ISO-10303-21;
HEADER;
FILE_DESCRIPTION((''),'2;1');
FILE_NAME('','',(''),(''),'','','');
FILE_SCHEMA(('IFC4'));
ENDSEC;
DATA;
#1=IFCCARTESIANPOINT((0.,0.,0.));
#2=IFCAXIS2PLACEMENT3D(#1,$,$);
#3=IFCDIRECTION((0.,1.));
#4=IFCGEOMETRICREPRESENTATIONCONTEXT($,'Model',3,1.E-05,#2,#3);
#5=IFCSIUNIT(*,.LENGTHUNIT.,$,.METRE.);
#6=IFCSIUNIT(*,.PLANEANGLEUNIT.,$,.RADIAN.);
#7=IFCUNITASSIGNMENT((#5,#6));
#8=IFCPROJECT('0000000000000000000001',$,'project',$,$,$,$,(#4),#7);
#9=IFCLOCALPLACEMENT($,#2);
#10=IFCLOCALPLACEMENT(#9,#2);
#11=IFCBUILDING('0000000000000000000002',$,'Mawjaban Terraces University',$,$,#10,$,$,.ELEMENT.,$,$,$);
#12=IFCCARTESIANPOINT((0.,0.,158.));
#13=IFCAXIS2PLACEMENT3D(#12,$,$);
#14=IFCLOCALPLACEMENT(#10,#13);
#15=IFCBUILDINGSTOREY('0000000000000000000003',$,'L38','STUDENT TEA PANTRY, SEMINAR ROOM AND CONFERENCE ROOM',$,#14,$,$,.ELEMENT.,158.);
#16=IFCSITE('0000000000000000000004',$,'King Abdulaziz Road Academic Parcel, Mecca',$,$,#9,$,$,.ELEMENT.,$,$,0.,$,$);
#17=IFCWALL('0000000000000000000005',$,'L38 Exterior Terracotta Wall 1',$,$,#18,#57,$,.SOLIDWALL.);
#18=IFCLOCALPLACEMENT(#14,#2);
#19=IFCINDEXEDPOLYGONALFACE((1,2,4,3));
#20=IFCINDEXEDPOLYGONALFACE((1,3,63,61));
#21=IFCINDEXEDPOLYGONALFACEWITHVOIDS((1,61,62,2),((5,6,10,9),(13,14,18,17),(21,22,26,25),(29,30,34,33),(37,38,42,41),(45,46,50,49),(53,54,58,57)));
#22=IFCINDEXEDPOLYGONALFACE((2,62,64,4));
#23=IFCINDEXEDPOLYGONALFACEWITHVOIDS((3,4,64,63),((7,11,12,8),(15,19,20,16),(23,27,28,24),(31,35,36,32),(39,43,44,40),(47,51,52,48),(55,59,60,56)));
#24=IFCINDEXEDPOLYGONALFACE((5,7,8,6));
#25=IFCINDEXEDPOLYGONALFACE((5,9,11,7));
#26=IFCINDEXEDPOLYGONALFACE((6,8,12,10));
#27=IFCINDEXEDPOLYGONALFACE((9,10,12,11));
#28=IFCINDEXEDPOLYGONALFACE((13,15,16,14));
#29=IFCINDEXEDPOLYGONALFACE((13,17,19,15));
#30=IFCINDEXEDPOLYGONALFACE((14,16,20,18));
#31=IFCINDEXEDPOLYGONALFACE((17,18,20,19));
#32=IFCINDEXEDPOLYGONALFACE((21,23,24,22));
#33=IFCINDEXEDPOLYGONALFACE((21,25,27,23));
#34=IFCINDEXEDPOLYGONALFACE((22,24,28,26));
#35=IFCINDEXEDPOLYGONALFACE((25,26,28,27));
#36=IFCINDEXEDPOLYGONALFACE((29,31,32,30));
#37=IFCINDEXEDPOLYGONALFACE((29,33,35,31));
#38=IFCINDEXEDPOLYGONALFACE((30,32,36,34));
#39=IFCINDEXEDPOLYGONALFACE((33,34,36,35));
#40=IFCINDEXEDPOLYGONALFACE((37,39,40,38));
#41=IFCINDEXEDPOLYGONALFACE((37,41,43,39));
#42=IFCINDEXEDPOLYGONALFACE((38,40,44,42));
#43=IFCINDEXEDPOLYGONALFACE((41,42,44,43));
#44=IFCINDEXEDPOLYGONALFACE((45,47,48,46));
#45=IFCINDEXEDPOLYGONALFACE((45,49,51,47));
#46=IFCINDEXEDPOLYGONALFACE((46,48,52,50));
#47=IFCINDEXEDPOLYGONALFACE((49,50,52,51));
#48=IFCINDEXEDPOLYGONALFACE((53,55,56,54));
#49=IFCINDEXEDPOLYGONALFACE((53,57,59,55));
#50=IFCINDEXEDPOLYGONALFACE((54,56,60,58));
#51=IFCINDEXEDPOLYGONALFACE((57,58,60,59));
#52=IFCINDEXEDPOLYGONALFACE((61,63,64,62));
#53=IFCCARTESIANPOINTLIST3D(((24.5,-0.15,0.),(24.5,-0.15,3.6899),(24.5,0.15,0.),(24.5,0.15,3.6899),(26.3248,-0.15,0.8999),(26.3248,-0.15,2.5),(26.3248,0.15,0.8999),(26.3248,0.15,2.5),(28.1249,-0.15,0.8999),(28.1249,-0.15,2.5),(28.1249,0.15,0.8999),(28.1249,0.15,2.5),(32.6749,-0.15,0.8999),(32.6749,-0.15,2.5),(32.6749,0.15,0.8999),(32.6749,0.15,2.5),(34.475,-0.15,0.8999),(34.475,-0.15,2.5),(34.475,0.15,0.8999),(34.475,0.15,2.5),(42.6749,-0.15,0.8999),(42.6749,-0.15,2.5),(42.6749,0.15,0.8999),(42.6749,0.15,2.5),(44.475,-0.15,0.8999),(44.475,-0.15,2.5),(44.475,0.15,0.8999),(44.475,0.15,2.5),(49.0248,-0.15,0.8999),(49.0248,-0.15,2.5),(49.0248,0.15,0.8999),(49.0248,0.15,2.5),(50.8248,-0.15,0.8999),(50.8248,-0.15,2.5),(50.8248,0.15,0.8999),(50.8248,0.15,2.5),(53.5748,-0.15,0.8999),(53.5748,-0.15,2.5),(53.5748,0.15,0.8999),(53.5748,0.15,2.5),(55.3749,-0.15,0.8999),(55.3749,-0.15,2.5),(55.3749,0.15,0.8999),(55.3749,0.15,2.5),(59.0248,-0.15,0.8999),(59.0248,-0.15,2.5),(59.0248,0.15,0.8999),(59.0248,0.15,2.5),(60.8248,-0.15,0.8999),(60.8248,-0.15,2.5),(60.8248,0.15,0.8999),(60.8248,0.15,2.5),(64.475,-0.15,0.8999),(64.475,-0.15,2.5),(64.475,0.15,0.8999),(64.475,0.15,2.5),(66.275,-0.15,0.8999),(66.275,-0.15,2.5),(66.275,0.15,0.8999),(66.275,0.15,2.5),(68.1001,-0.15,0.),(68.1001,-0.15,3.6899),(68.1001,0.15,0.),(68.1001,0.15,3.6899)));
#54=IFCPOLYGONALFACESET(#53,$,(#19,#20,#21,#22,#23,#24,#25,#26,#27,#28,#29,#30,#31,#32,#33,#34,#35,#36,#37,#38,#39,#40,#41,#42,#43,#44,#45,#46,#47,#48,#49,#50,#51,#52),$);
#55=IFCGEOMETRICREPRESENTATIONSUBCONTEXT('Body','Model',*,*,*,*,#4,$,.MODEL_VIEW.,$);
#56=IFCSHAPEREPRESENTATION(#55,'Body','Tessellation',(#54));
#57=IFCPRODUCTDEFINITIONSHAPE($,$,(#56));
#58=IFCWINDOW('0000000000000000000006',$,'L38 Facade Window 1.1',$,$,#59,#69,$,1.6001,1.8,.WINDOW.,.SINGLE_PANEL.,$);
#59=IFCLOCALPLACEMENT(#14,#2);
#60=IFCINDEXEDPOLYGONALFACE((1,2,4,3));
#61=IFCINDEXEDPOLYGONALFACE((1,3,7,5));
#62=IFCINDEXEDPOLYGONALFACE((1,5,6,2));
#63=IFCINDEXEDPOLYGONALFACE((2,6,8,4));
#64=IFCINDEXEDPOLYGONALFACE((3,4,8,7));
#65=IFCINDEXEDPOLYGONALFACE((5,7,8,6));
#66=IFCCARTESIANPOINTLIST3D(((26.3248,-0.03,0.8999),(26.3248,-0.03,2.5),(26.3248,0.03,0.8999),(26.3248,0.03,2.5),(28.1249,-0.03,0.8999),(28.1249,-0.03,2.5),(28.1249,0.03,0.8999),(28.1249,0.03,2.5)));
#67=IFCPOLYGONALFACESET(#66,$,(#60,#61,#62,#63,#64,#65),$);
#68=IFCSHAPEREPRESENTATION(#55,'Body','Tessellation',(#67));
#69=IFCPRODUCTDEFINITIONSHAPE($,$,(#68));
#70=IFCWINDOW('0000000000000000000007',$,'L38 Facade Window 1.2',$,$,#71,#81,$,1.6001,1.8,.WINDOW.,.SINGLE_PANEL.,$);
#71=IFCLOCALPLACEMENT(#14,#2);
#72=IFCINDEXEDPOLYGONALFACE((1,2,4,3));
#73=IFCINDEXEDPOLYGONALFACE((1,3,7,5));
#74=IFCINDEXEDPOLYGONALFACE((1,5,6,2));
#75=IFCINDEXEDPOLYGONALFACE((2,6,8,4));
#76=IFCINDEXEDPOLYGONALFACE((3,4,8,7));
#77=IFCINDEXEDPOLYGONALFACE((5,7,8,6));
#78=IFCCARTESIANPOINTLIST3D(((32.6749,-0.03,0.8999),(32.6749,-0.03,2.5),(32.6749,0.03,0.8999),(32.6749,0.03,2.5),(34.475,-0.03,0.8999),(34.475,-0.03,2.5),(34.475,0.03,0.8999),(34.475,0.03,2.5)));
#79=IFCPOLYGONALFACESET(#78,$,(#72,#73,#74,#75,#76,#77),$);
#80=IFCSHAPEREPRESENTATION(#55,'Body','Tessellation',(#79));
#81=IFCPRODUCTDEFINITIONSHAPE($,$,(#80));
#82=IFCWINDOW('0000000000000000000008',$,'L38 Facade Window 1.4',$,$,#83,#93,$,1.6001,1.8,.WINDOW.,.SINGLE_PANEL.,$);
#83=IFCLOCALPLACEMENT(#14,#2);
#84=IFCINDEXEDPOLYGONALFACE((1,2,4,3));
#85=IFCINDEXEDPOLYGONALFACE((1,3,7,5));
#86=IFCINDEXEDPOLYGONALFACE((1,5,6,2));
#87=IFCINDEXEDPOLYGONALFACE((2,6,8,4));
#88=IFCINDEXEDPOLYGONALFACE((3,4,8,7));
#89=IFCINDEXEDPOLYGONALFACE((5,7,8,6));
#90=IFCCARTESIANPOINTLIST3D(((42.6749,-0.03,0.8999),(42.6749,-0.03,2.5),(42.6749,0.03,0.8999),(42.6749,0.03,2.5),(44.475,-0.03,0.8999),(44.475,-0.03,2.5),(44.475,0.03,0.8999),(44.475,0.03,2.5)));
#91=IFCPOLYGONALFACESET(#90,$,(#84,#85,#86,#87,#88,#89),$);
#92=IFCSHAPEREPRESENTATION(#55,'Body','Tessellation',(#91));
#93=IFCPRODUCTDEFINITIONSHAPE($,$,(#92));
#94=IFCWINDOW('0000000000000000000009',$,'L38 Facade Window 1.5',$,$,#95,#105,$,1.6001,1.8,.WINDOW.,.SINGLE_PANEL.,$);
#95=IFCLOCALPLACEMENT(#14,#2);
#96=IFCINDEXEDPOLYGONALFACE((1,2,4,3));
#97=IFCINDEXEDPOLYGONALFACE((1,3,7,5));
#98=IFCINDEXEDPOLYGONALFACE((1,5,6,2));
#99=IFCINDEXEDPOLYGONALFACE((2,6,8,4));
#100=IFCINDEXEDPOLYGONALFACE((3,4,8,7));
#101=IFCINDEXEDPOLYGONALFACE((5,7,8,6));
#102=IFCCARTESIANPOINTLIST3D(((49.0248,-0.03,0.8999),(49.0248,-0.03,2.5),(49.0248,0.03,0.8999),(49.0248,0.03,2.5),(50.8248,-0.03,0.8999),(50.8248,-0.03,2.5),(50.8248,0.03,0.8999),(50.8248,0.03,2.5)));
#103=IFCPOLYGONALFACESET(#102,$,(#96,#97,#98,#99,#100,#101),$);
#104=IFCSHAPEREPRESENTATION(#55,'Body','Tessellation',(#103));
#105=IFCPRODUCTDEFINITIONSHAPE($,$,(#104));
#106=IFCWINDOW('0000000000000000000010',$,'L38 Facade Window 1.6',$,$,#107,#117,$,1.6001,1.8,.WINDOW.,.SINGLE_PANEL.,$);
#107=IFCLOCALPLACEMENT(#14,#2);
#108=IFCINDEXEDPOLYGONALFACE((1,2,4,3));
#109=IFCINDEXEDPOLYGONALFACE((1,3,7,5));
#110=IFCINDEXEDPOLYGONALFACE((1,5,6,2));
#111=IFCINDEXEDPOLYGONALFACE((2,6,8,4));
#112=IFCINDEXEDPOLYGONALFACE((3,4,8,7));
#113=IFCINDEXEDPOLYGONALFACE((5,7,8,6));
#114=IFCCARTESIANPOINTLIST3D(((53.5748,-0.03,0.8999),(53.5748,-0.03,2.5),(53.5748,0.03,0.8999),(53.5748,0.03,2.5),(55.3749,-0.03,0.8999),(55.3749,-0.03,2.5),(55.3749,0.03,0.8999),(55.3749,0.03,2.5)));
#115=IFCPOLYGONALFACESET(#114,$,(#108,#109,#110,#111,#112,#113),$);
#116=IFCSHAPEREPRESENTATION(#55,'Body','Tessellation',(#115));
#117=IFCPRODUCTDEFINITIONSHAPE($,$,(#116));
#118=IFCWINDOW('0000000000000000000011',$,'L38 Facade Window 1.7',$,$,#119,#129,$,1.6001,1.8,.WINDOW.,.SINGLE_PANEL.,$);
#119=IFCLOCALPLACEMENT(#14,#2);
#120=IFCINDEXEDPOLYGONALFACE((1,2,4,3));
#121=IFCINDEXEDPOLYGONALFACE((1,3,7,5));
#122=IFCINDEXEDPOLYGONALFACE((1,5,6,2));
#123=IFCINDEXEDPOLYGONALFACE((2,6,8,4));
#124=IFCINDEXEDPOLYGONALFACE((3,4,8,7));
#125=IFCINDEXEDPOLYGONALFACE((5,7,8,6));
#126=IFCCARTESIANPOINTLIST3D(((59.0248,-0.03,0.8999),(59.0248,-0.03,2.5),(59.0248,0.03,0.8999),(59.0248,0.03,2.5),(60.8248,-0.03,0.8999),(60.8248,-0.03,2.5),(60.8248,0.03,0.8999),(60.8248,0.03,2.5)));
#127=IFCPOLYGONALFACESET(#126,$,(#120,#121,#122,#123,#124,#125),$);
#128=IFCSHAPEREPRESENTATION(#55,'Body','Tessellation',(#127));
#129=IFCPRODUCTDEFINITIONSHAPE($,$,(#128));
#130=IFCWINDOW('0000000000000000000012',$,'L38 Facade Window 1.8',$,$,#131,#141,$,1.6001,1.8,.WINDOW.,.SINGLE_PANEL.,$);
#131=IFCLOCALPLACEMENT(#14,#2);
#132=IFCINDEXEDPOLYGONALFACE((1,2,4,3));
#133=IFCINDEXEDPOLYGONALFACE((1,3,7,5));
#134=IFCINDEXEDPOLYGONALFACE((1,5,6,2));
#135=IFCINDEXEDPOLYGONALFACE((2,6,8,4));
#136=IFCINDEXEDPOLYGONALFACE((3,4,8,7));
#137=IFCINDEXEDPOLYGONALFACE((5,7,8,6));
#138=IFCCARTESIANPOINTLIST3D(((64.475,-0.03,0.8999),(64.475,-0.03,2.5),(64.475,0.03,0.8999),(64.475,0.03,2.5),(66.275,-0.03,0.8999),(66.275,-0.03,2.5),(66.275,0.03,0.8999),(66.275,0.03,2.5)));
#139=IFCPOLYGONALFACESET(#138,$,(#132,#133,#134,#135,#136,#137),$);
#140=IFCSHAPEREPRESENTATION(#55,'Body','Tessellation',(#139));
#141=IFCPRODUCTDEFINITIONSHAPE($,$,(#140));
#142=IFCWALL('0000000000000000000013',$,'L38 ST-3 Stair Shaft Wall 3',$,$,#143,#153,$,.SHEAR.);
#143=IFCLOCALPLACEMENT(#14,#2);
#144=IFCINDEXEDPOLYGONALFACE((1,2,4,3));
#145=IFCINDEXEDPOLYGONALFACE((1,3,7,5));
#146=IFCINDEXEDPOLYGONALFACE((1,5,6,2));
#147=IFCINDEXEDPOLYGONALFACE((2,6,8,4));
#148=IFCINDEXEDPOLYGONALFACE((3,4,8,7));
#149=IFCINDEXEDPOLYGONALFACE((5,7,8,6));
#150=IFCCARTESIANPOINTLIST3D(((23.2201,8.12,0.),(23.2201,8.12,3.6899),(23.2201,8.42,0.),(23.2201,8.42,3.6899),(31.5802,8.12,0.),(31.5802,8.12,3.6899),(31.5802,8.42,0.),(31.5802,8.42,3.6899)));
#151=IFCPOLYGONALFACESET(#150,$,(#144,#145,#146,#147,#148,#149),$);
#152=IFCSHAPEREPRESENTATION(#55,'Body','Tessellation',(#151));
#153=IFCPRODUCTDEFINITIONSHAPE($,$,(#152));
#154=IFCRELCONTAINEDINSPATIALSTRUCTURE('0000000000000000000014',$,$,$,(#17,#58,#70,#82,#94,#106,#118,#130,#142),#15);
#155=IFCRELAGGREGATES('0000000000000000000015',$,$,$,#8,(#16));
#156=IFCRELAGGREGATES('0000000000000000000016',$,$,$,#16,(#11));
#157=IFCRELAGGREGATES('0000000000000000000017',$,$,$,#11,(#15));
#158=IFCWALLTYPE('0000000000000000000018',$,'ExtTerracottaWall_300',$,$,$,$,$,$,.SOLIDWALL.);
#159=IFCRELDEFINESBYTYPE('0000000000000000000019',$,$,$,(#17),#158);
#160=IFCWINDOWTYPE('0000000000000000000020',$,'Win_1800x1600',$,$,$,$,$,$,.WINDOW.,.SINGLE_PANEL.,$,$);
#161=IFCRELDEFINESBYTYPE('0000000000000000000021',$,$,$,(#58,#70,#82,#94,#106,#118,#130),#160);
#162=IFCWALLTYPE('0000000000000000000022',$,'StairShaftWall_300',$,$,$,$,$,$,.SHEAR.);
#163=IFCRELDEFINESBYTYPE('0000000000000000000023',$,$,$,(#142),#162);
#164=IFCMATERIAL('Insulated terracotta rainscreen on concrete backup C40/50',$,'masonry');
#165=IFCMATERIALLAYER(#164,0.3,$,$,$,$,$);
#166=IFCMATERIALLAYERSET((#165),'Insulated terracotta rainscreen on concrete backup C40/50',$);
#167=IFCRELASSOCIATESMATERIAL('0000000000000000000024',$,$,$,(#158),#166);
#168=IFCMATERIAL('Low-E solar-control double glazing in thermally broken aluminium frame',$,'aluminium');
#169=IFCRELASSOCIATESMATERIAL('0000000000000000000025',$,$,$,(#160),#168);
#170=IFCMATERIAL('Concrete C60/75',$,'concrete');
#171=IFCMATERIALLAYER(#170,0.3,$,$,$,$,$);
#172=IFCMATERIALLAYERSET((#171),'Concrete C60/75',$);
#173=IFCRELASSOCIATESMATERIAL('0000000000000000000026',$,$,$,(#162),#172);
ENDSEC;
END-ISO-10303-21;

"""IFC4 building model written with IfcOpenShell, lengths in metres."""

from ifc_helpers import new_model, si_unit, direction, frame, frame_2d, origin, place, context, subcontext, project, spatial, rectangle, extrude, material, layer, layer_set, type_object, element, fill, save


model = new_model("IFC4")

# Units and contexts
model_context = context("Model", 3, precision=1e-05, world=origin(), true_north=direction((0.0, 1.0)))
body_context = subcontext(model_context, "Body", "Model", "MODEL_VIEW")
ifc_project = project(units=[si_unit("LENGTHUNIT", "METRE"), si_unit("PLANEANGLEUNIT", "RADIAN")], contexts=[model_context])

# Site, building, storey
site_placement = place(None, origin())
site = spatial("IfcSite", under=ifc_project, at=site_placement, Name="King Abdulaziz Road Academic Parcel, Mecca", CompositionType="ELEMENT", RefElevation=0.0)
building_placement = place(site_placement, origin())
building = spatial("IfcBuilding", under=site, at=building_placement, Name="Mawjaban Terraces University", CompositionType="ELEMENT")
storey_placement = place(building_placement, frame((0.0, 0.0, 158.0)))
storey = spatial("IfcBuildingStorey", under=building, at=storey_placement, Name="L38", Description="STUDENT TEA PANTRY, SEMINAR ROOM AND CONFERENCE ROOM", CompositionType="ELEMENT", Elevation=158.0)

# Wall, openings, windows
ifc_material_1 = material(Name="Insulated terracotta rainscreen on concrete backup C40/50", Category="masonry")
ifc_layer_1 = layer(ifc_material_1, 0.3)
ifc_layer_set_1 = layer_set([ifc_layer_1], Name="Insulated terracotta rainscreen on concrete backup C40/50")
wall_type_1 = type_object("IfcWallType", Name="ExtTerracottaWall_300", PredefinedType="SOLIDWALL", material=ifc_layer_set_1)
wall_1_placement = place(storey_placement, frame((24.5, 0.0, 0.0), z_axis=(0.0, 0.0, 1.0), x_axis=(1.0, 0.0, 0.0)))
wall_1 = element("IfcWall", 1, at=wall_1_placement, inside=storey, type_object=wall_type_1, Name="L38 Exterior Terracotta Wall 1", PredefinedType="SOLIDWALL", context=body_context, shape_type="SweptSolid", body=[
    extrude(rectangle(XDim=43.6001, YDim=0.3, at=frame_2d((21.8, 0.0))), origin(), (0.0, 0.0, 1.0), 3.6899),
])
opening_1_placement = place(wall_1_placement, frame((1.825, 0.0, 0.8999)))
opening_1 = element("IfcOpeningElement", 2, at=opening_1_placement, cuts=wall_1, PredefinedType="OPENING", context=body_context, shape_type="SweptSolid", body=[
    extrude(rectangle(XDim=1.8, YDim=1.6001, at=frame_2d((0.8999, 0.8))), frame((0.0, 0.1599, 0.0), z_axis=(0.0, -1.0, 0.0), x_axis=(1.0, 0.0, 0.0)), (0.0, 0.0, 1.0), 0.3201),
])
opening_2_placement = place(wall_1_placement, frame((8.175, 0.0, 0.8999)))
opening_2 = element("IfcOpeningElement", 3, at=opening_2_placement, cuts=wall_1, PredefinedType="OPENING", context=body_context, shape_type="SweptSolid", body=[
    extrude(rectangle(XDim=1.8, YDim=1.6001, at=frame_2d((0.8999, 0.8))), frame((0.0, 0.1599, 0.0), z_axis=(0.0, -1.0, 0.0), x_axis=(1.0, 0.0, 0.0)), (0.0, 0.0, 1.0), 0.3201),
])
opening_3_placement = place(wall_1_placement, frame((18.175, 0.0, 0.8999)))
opening_3 = element("IfcOpeningElement", 4, at=opening_3_placement, cuts=wall_1, PredefinedType="OPENING", context=body_context, shape_type="SweptSolid", body=[
    extrude(rectangle(XDim=1.8, YDim=1.6001, at=frame_2d((0.8999, 0.8))), frame((0.0, 0.1599, 0.0), z_axis=(0.0, -1.0, 0.0), x_axis=(1.0, 0.0, 0.0)), (0.0, 0.0, 1.0), 0.3201),
])
opening_4_placement = place(wall_1_placement, frame((24.5249, 0.0, 0.8999)))
opening_4 = element("IfcOpeningElement", 5, at=opening_4_placement, cuts=wall_1, PredefinedType="OPENING", context=body_context, shape_type="SweptSolid", body=[
    extrude(rectangle(XDim=1.8, YDim=1.6001, at=frame_2d((0.8999, 0.8))), frame((0.0, 0.1599, 0.0), z_axis=(0.0, -1.0, 0.0), x_axis=(1.0, 0.0, 0.0)), (0.0, 0.0, 1.0), 0.3201),
])
opening_5_placement = place(wall_1_placement, frame((29.075, 0.0, 0.8999)))
opening_5 = element("IfcOpeningElement", 6, at=opening_5_placement, cuts=wall_1, PredefinedType="OPENING", context=body_context, shape_type="SweptSolid", body=[
    extrude(rectangle(XDim=1.8, YDim=1.6001, at=frame_2d((0.8999, 0.8))), frame((0.0, 0.1599, 0.0), z_axis=(0.0, -1.0, 0.0), x_axis=(1.0, 0.0, 0.0)), (0.0, 0.0, 1.0), 0.3201),
])
opening_6_placement = place(wall_1_placement, frame((34.5249, 0.0, 0.8999)))
opening_6 = element("IfcOpeningElement", 7, at=opening_6_placement, cuts=wall_1, PredefinedType="OPENING", context=body_context, shape_type="SweptSolid", body=[
    extrude(rectangle(XDim=1.8, YDim=1.6001, at=frame_2d((0.8999, 0.8))), frame((0.0, 0.1599, 0.0), z_axis=(0.0, -1.0, 0.0), x_axis=(1.0, 0.0, 0.0)), (0.0, 0.0, 1.0), 0.3201),
])
opening_7_placement = place(wall_1_placement, frame((39.9751, 0.0, 0.8999)))
opening_7 = element("IfcOpeningElement", 8, at=opening_7_placement, cuts=wall_1, PredefinedType="OPENING", context=body_context, shape_type="SweptSolid", body=[
    extrude(rectangle(XDim=1.8, YDim=1.6001, at=frame_2d((0.8999, 0.8))), frame((0.0, 0.1599, 0.0), z_axis=(0.0, -1.0, 0.0), x_axis=(1.0, 0.0, 0.0)), (0.0, 0.0, 1.0), 0.3201),
])
ifc_material_2 = material(Name="Low-E solar-control double glazing in thermally broken aluminium frame", Category="aluminium")
window_type = type_object("IfcWindowType", Name="Win_1800x1600", PartitioningType="SINGLE_PANEL", PredefinedType="WINDOW", material=ifc_material_2)
window_1_placement = place(opening_1_placement, origin())
window_1 = element("IfcWindow", 9, at=window_1_placement, inside=storey, type_object=window_type, Name="L38 Facade Window 1.1", OverallHeight=1.6001, OverallWidth=1.8, PartitioningType="SINGLE_PANEL", PredefinedType="WINDOW", context=body_context, shape_type="SweptSolid", body=[
    extrude(rectangle(XDim=1.8, YDim=1.6001, at=frame_2d((0.8999, 0.8))), frame((0.0, 0.03, 0.0), z_axis=(0.0, -1.0, 0.0), x_axis=(1.0, 0.0, 0.0)), (0.0, 0.0, 1.0), 0.0601),
])
fill(opening_1, window_1)
window_2_placement = place(opening_2_placement, origin())
window_2 = element("IfcWindow", 10, at=window_2_placement, inside=storey, type_object=window_type, Name="L38 Facade Window 1.2", OverallHeight=1.6001, OverallWidth=1.8, PartitioningType="SINGLE_PANEL", PredefinedType="WINDOW", context=body_context, shape_type="SweptSolid", body=[
    extrude(rectangle(XDim=1.8, YDim=1.6001, at=frame_2d((0.8999, 0.8))), frame((0.0, 0.03, 0.0), z_axis=(0.0, -1.0, 0.0), x_axis=(1.0, 0.0, 0.0)), (0.0, 0.0, 1.0), 0.0601),
])
fill(opening_2, window_2)
window_3_placement = place(opening_3_placement, origin())
window_3 = element("IfcWindow", 11, at=window_3_placement, inside=storey, type_object=window_type, Name="L38 Facade Window 1.4", OverallHeight=1.6001, OverallWidth=1.8, PartitioningType="SINGLE_PANEL", PredefinedType="WINDOW", context=body_context, shape_type="SweptSolid", body=[
    extrude(rectangle(XDim=1.8, YDim=1.6001, at=frame_2d((0.8999, 0.8))), frame((0.0, 0.03, 0.0), z_axis=(0.0, -1.0, 0.0), x_axis=(1.0, 0.0, 0.0)), (0.0, 0.0, 1.0), 0.0601),
])
fill(opening_3, window_3)
window_4_placement = place(opening_4_placement, origin())
window_4 = element("IfcWindow", 12, at=window_4_placement, inside=storey, type_object=window_type, Name="L38 Facade Window 1.5", OverallHeight=1.6001, OverallWidth=1.8, PartitioningType="SINGLE_PANEL", PredefinedType="WINDOW", context=body_context, shape_type="SweptSolid", body=[
    extrude(rectangle(XDim=1.8, YDim=1.6001, at=frame_2d((0.8999, 0.8))), frame((0.0, 0.03, 0.0), z_axis=(0.0, -1.0, 0.0), x_axis=(1.0, 0.0, 0.0)), (0.0, 0.0, 1.0), 0.0601),
])
fill(opening_4, window_4)
window_5_placement = place(opening_5_placement, origin())
window_5 = element("IfcWindow", 13, at=window_5_placement, inside=storey, type_object=window_type, Name="L38 Facade Window 1.6", OverallHeight=1.6001, OverallWidth=1.8, PartitioningType="SINGLE_PANEL", PredefinedType="WINDOW", context=body_context, shape_type="SweptSolid", body=[
    extrude(rectangle(XDim=1.8, YDim=1.6001, at=frame_2d((0.8999, 0.8))), frame((0.0, 0.03, 0.0), z_axis=(0.0, -1.0, 0.0), x_axis=(1.0, 0.0, 0.0)), (0.0, 0.0, 1.0), 0.0601),
])
fill(opening_5, window_5)
window_6_placement = place(opening_6_placement, origin())
window_6 = element("IfcWindow", 14, at=window_6_placement, inside=storey, type_object=window_type, Name="L38 Facade Window 1.7", OverallHeight=1.6001, OverallWidth=1.8, PartitioningType="SINGLE_PANEL", PredefinedType="WINDOW", context=body_context, shape_type="SweptSolid", body=[
    extrude(rectangle(XDim=1.8, YDim=1.6001, at=frame_2d((0.8999, 0.8))), frame((0.0, 0.03, 0.0), z_axis=(0.0, -1.0, 0.0), x_axis=(1.0, 0.0, 0.0)), (0.0, 0.0, 1.0), 0.0601),
])
fill(opening_6, window_6)
window_7_placement = place(opening_7_placement, origin())
window_7 = element("IfcWindow", 15, at=window_7_placement, inside=storey, type_object=window_type, Name="L38 Facade Window 1.8", OverallHeight=1.6001, OverallWidth=1.8, PartitioningType="SINGLE_PANEL", PredefinedType="WINDOW", context=body_context, shape_type="SweptSolid", body=[
    extrude(rectangle(XDim=1.8, YDim=1.6001, at=frame_2d((0.8999, 0.8))), frame((0.0, 0.03, 0.0), z_axis=(0.0, -1.0, 0.0), x_axis=(1.0, 0.0, 0.0)), (0.0, 0.0, 1.0), 0.0601),
])
fill(opening_7, window_7)

# Wall
ifc_material_3 = material(Name="Concrete C60/75", Category="concrete")
ifc_layer_2 = layer(ifc_material_3, 0.3)
ifc_layer_set_2 = layer_set([ifc_layer_2], Name="Concrete C60/75")
wall_type_2 = type_object("IfcWallType", Name="StairShaftWall_300", PredefinedType="SHEAR", material=ifc_layer_set_2)
wall_2_placement = place(storey_placement, frame((23.22, 8.27, 0.0), z_axis=(0.0, 0.0, 1.0), x_axis=(1.0, 0.0, 0.0)))
element("IfcWall", 16, at=wall_2_placement, inside=storey, type_object=wall_type_2, Name="L38 ST-3 Stair Shaft Wall 3", PredefinedType="SHEAR", context=body_context, shape_type="SweptSolid", body=[
    extrude(rectangle(XDim=8.3601, YDim=0.3, at=frame_2d((4.1802, 0.0))), origin(), (0.0, 0.0, 1.0), 3.6899),
])

save(model, "model.ifc")
